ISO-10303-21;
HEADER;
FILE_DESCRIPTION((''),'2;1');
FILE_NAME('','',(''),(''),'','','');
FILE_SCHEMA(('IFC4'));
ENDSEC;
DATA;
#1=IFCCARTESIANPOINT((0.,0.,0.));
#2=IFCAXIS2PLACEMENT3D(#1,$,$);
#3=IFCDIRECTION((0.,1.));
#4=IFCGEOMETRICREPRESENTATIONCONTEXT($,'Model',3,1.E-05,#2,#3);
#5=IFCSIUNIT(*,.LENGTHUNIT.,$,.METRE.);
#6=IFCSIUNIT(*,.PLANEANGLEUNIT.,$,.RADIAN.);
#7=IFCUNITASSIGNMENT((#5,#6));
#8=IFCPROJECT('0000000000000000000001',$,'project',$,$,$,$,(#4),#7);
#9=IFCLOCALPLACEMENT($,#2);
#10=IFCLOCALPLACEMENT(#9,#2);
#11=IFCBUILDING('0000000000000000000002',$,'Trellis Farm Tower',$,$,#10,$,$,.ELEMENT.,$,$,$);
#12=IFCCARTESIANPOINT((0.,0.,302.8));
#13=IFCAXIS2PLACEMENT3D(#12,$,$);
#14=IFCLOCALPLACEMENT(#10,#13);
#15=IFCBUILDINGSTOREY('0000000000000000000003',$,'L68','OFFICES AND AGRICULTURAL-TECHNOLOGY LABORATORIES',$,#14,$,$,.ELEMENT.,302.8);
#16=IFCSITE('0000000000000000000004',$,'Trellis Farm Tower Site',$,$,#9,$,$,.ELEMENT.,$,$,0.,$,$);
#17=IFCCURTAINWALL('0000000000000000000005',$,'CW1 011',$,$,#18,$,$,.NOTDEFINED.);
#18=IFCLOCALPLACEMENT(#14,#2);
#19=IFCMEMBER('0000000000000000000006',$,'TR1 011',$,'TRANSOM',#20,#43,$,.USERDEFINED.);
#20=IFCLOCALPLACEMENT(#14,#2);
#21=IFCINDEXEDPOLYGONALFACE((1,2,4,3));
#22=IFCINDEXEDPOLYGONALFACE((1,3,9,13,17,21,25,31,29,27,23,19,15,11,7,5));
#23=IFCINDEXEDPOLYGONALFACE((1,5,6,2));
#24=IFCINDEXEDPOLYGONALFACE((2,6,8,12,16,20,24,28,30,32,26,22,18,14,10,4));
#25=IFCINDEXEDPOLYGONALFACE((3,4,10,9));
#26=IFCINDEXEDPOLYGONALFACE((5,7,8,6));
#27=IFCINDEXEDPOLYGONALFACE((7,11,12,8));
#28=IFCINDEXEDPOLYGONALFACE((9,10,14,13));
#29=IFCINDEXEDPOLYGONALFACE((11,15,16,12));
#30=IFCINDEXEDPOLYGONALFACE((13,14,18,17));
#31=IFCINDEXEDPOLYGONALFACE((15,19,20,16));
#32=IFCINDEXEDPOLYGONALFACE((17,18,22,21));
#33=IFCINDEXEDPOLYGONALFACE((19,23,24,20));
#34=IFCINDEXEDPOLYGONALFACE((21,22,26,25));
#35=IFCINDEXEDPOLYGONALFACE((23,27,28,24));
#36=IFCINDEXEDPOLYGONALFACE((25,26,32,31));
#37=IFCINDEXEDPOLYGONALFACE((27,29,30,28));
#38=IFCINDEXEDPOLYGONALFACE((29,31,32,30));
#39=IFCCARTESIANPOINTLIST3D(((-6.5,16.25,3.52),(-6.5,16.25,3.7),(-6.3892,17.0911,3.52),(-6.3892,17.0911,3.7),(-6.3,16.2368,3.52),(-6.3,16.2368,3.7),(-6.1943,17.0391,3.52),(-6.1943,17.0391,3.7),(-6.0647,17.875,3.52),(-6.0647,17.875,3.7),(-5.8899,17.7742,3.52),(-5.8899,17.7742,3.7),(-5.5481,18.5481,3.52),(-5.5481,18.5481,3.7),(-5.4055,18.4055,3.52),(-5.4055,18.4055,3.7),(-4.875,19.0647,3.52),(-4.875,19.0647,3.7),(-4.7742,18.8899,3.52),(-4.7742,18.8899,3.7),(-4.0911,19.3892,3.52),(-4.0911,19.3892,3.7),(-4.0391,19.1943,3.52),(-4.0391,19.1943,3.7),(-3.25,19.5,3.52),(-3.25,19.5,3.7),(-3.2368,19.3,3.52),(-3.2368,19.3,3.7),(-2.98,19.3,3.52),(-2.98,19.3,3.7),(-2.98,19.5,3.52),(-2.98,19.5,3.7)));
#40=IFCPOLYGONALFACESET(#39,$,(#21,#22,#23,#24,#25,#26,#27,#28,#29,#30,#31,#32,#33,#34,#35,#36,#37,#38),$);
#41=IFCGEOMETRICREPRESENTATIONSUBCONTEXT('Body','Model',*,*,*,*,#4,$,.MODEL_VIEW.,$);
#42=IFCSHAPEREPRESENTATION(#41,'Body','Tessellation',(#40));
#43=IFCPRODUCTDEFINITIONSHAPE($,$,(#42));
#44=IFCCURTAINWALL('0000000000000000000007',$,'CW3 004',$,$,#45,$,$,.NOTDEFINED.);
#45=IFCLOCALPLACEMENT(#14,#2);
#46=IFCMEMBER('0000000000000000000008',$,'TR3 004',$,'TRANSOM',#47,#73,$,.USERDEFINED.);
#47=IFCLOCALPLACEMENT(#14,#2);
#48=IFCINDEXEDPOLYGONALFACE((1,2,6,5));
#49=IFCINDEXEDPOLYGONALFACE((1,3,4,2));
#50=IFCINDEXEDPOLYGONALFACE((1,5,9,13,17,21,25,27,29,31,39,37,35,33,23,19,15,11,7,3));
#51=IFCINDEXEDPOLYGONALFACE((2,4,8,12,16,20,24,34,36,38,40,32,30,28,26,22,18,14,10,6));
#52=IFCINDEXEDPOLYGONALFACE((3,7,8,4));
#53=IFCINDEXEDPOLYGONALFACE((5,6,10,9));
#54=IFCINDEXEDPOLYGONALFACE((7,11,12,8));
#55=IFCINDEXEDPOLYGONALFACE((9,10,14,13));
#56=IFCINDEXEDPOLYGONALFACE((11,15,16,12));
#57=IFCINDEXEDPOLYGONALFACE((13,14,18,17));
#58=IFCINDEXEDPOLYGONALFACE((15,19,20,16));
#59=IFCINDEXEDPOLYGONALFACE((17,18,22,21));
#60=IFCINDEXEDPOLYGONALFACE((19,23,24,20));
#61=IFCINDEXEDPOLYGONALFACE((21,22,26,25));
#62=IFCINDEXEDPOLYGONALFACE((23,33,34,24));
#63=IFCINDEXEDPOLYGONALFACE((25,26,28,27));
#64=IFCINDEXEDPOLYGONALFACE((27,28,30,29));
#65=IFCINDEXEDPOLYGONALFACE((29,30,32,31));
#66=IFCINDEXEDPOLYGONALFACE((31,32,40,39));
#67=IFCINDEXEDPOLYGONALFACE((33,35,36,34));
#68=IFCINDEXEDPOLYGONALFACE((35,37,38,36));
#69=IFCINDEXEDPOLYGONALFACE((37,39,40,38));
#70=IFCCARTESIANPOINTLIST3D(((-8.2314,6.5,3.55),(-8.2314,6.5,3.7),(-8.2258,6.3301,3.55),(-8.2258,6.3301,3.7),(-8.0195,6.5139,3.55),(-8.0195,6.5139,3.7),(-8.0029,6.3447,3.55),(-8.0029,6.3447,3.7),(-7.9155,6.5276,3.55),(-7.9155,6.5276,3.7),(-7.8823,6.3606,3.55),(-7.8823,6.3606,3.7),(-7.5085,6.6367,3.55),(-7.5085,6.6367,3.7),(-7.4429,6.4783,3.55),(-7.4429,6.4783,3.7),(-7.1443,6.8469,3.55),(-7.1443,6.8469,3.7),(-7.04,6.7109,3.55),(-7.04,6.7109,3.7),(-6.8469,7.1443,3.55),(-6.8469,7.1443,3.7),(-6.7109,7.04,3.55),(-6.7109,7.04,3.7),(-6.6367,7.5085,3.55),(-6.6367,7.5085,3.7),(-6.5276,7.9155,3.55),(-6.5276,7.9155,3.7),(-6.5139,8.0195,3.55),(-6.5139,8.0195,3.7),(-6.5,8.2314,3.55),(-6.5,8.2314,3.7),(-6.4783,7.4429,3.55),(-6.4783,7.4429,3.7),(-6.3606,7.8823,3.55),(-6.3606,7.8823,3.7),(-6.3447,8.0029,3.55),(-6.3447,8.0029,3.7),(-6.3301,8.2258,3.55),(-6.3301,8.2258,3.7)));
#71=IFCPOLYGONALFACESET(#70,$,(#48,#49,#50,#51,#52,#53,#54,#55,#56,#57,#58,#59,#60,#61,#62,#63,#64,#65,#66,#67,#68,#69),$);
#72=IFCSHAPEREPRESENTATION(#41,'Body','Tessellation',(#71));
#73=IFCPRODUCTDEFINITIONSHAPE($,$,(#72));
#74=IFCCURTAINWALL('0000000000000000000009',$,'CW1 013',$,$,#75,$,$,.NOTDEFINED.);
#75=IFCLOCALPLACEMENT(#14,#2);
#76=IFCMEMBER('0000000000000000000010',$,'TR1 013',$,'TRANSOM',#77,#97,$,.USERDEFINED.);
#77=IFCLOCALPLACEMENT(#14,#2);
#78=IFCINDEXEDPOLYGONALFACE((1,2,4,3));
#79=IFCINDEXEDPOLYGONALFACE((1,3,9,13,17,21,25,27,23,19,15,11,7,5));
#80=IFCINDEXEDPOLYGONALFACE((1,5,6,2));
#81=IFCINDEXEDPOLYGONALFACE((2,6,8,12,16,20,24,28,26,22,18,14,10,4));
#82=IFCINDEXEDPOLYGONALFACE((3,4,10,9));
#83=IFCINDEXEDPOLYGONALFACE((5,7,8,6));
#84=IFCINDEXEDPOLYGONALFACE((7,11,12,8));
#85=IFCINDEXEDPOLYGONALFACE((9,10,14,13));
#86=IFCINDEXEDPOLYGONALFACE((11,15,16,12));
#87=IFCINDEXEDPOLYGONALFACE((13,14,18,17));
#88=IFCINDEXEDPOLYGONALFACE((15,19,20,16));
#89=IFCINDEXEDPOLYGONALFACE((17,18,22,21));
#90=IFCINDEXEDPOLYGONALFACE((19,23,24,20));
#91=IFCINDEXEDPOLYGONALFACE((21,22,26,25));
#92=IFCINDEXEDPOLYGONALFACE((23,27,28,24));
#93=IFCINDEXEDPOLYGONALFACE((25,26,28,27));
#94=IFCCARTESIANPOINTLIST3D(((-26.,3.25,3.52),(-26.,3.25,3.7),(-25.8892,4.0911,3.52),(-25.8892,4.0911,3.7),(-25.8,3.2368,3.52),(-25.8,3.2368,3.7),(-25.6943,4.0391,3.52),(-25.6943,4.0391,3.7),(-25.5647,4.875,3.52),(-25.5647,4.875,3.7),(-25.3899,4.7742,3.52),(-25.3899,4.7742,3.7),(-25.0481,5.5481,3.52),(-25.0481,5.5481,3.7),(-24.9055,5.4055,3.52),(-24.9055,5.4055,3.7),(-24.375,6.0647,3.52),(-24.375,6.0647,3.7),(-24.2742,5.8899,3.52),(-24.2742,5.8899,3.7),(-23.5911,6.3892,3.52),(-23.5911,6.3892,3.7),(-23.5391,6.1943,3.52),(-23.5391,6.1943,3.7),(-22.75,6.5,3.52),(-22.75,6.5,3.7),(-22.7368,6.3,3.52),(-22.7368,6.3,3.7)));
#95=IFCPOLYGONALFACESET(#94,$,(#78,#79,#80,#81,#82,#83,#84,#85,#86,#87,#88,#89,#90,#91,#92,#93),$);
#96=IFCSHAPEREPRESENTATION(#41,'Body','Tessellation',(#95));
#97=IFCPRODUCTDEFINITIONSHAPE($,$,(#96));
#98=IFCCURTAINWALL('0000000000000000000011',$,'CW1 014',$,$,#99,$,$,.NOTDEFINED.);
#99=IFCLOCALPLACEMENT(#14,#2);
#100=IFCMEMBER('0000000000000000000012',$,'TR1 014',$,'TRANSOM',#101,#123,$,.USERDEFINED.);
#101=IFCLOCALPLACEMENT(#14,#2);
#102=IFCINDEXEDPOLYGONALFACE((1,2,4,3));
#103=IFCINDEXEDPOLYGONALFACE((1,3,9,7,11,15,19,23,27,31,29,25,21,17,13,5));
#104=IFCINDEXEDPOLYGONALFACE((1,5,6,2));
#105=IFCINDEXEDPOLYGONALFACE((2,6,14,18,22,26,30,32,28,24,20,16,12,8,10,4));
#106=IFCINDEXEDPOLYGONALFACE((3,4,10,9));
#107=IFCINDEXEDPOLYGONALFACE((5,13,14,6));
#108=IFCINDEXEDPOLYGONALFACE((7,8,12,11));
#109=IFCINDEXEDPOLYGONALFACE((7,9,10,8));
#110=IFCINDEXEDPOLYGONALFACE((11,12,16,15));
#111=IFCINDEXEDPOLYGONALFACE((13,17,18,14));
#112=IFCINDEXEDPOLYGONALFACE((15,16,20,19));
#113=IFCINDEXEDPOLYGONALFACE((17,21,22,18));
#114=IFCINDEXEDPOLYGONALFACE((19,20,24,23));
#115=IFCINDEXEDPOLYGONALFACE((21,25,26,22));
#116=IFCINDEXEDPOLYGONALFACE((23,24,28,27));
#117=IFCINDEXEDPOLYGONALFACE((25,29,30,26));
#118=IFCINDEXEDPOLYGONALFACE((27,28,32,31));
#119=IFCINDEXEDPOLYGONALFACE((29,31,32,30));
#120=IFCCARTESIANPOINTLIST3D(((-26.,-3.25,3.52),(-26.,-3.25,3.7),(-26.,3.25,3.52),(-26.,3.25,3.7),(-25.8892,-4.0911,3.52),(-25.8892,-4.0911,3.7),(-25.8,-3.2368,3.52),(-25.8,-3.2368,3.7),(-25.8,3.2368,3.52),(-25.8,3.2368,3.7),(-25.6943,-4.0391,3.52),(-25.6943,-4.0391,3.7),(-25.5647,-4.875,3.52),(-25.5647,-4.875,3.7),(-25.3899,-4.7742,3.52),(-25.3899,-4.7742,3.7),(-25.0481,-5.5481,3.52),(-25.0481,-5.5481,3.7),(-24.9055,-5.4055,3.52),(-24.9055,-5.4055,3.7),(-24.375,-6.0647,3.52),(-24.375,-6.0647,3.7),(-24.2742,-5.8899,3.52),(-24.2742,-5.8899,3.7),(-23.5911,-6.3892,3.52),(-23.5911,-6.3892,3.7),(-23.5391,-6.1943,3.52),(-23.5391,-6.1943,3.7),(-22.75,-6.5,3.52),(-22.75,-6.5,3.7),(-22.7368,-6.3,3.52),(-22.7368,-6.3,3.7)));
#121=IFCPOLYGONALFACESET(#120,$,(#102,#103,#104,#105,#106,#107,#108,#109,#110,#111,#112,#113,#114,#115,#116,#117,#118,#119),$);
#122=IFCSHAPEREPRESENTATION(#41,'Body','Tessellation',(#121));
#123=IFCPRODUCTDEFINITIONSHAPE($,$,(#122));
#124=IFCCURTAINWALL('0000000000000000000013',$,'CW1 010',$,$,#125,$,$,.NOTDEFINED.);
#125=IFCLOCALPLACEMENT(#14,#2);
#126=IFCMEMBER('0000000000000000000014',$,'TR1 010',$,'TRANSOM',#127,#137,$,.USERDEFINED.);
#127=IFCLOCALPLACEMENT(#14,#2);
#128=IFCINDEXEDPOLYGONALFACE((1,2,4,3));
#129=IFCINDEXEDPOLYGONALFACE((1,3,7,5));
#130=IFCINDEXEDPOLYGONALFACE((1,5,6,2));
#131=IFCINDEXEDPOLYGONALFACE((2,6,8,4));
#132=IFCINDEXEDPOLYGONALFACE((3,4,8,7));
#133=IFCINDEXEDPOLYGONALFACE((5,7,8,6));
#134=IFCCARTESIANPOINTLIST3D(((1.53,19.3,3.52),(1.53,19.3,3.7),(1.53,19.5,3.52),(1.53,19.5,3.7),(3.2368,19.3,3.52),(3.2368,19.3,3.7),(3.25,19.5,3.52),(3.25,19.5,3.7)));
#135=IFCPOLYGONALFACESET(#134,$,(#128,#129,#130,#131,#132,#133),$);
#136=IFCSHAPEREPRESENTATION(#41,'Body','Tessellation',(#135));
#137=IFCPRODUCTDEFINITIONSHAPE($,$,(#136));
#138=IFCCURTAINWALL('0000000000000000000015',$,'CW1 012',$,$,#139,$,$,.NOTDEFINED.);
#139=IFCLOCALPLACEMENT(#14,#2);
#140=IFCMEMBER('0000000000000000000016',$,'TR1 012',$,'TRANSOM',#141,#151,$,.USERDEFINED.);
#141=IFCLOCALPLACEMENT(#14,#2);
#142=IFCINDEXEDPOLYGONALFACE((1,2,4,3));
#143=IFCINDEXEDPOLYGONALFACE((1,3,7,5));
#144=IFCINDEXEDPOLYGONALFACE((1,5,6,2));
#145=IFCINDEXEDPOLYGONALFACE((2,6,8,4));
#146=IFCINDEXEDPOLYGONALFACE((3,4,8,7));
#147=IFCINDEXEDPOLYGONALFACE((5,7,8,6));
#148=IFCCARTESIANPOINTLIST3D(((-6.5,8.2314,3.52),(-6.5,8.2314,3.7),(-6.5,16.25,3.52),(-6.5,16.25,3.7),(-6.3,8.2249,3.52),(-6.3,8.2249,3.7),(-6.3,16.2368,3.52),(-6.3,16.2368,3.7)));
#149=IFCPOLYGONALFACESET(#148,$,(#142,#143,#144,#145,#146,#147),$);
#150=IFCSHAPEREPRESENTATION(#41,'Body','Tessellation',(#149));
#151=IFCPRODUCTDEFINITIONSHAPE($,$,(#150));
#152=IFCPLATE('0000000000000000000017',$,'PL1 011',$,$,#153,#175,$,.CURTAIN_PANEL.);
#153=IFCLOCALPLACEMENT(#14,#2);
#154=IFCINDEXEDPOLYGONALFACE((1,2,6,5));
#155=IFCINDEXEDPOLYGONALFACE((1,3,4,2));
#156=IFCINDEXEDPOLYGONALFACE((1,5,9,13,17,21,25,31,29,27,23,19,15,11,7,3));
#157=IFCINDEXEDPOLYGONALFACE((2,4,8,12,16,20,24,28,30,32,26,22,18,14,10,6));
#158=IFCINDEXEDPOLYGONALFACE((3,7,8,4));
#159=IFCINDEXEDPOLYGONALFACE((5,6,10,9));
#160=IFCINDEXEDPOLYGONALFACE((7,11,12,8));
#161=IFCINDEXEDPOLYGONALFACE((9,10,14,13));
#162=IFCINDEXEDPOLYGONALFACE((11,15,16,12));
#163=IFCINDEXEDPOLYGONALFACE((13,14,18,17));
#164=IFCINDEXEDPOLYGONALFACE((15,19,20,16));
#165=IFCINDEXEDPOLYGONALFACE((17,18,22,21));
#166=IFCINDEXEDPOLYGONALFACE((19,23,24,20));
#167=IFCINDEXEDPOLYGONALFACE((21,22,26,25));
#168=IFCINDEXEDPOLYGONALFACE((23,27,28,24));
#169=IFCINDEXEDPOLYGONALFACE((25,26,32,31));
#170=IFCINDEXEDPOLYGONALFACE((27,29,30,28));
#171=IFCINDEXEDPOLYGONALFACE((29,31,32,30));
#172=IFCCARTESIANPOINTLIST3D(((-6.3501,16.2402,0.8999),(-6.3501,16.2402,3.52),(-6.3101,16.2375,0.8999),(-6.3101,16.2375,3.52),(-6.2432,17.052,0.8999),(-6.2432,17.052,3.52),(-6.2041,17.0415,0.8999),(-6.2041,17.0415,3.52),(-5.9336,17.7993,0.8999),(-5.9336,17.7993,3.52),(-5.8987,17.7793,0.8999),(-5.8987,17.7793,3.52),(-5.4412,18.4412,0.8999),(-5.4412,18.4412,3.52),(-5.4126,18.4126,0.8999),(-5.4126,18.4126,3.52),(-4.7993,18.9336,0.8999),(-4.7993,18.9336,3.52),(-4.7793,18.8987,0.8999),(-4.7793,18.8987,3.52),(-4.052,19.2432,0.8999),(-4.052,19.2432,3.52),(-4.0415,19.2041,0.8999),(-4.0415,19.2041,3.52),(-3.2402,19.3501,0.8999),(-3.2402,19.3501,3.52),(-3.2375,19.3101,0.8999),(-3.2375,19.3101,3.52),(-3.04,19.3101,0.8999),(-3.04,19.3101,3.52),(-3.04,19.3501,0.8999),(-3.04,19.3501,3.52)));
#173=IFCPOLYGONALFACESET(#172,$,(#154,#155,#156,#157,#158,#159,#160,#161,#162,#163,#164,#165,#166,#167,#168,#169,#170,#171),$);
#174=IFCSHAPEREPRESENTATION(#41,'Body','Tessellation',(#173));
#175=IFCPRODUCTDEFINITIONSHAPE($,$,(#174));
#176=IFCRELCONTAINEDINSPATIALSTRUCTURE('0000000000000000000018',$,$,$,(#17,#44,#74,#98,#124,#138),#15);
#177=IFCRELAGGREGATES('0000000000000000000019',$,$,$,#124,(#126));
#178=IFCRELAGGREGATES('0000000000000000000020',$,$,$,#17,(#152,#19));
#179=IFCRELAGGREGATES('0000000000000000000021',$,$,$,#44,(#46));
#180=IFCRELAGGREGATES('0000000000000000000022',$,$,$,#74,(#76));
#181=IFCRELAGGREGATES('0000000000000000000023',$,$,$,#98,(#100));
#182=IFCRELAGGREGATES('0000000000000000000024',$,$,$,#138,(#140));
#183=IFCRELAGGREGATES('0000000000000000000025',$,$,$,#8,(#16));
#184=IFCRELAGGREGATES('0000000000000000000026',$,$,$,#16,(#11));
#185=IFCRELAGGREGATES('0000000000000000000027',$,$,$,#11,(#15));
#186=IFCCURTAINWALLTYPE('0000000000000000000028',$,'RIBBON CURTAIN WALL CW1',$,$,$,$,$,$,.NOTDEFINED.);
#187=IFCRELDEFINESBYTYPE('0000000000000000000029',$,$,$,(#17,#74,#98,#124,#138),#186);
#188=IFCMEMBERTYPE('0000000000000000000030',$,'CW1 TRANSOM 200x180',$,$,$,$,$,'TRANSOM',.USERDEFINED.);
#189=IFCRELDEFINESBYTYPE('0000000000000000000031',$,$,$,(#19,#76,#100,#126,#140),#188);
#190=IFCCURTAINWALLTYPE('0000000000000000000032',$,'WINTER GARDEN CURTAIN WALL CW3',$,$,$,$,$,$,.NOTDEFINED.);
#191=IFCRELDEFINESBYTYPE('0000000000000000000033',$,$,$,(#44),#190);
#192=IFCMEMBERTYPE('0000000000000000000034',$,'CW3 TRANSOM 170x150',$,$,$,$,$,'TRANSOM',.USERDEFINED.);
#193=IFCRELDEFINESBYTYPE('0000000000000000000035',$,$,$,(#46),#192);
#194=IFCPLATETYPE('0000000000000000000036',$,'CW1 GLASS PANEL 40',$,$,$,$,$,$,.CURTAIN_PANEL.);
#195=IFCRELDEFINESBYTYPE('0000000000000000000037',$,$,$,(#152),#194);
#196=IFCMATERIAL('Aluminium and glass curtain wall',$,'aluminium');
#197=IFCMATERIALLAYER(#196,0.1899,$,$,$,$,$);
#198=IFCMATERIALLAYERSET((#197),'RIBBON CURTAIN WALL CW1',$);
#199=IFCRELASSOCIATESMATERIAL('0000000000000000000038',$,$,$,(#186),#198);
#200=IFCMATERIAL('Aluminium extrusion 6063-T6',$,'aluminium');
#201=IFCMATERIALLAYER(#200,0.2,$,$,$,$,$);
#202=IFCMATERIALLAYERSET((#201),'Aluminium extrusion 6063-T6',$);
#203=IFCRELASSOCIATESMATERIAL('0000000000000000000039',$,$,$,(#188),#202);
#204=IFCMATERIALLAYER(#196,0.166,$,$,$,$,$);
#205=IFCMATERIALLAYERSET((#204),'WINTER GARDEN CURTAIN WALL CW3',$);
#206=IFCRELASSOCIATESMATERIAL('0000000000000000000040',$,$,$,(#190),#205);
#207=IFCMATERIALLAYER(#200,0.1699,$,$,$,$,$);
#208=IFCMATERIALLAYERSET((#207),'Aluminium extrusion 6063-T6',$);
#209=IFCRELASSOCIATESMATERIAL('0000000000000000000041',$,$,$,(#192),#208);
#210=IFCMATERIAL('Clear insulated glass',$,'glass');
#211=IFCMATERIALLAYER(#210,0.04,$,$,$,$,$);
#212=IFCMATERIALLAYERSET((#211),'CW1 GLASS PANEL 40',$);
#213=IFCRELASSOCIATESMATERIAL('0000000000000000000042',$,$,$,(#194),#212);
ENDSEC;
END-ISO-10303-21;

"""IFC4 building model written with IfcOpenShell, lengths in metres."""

from ifc_helpers import new_model, si_unit, direction, frame, origin, place, context, subcontext, project, spatial, polyline, outline, extrude, source, transform, mapped, material, layer, layer_set, type_object, element, aggregate, save


model = new_model("IFC4")

# Units and contexts
model_context = context("Model", 3, precision=1e-05, world=origin(), true_north=direction((0.0, 1.0)))
body_context = subcontext(model_context, "Body", "Model", "MODEL_VIEW")
ifc_project = project(units=[si_unit("LENGTHUNIT", "METRE"), si_unit("PLANEANGLEUNIT", "RADIAN")], contexts=[model_context])

# Site, building, storey
site_placement = place(None, origin())
site = spatial("IfcSite", under=ifc_project, at=site_placement, Name="Trellis Farm Tower Site", CompositionType="ELEMENT", RefElevation=0.0)
building_placement = place(site_placement, origin())
building = spatial("IfcBuilding", under=site, at=building_placement, Name="Trellis Farm Tower", CompositionType="ELEMENT")
storey_placement = place(building_placement, frame((0.0, 0.0, 302.8)))
storey = spatial("IfcBuildingStorey", under=building, at=storey_placement, Name="L68", Description="OFFICES AND AGRICULTURAL-TECHNOLOGY LABORATORIES", CompositionType="ELEMENT", Elevation=302.8)

# Curtain walls, members
ifc_material_1 = material(Name="Aluminium and glass curtain wall", Category="aluminium")
ifc_layer_1 = layer(ifc_material_1, 0.1899)
ifc_layer_set_1 = layer_set([ifc_layer_1], Name="RIBBON CURTAIN WALL CW1")
curtain_wall_type_1 = type_object("IfcCurtainWallType", Name="RIBBON CURTAIN WALL CW1", PredefinedType="NOTDEFINED", material=ifc_layer_set_1)
placement_1 = place(storey_placement, origin())
curtain_wall_1 = element("IfcCurtainWall", 1, at=placement_1, inside=storey, type_object=curtain_wall_type_1, Name="CW1 011", PredefinedType="NOTDEFINED")
ifc_material_2 = material(Name="Aluminium extrusion 6063-T6", Category="aluminium")
ifc_layer_2 = layer(ifc_material_2, 0.2)
ifc_layer_set_2 = layer_set([ifc_layer_2], Name="Aluminium extrusion 6063-T6")
member_type_1 = type_object("IfcMemberType", Name="CW1 TRANSOM 200x180", ElementType="TRANSOM", PredefinedType="USERDEFINED", material=ifc_layer_set_2)
placement_2 = place(storey_placement, frame((0.0, 0.0, 3.52)))
member_1 = element("IfcMember", 2, at=placement_2, type_object=member_type_1, Name="TR1 011", ObjectType="TRANSOM", PredefinedType="USERDEFINED", context=body_context, shape_type="SweptSolid", body=[
    extrude(outline(polyline([(-2.98, 19.5), (-3.25, 19.5), (-4.0911, 19.3892), (-4.875, 19.0647), (-5.5481, 18.5481), (-6.0647, 17.875), (-6.3892, 17.0911), (-6.5, 16.25), (-6.3, 16.2368), (-6.1943, 17.0391), (-5.8899, 17.7742), (-5.4055, 18.4055), (-4.7742, 18.8899), (-4.0391, 19.1943), (-3.2368, 19.3), (-2.98, 19.3), (-2.98, 19.5)])), origin(), (0.0, 0.0, 1.0), 0.1799),
])
ifc_layer_3 = layer(ifc_material_1, 0.166)
ifc_layer_set_3 = layer_set([ifc_layer_3], Name="WINTER GARDEN CURTAIN WALL CW3")
curtain_wall_type_2 = type_object("IfcCurtainWallType", Name="WINTER GARDEN CURTAIN WALL CW3", PredefinedType="NOTDEFINED", material=ifc_layer_set_3)
curtain_wall_2 = element("IfcCurtainWall", 3, at=placement_1, inside=storey, type_object=curtain_wall_type_2, Name="CW3 004", PredefinedType="NOTDEFINED")
ifc_layer_4 = layer(ifc_material_2, 0.1699)
ifc_layer_set_4 = layer_set([ifc_layer_4], Name="Aluminium extrusion 6063-T6")
member_type_2 = type_object("IfcMemberType", Name="CW3 TRANSOM 170x150", ElementType="TRANSOM", PredefinedType="USERDEFINED", material=ifc_layer_set_4)
shared_shape_1 = source(origin(), body_context, "Body", "SweptSolid", [
    extrude(outline(polyline([(-6.5, 8.2314), (-6.5139, 8.0195), (-6.5276, 7.9155), (-6.6367, 7.5085), (-6.8469, 7.1443), (-7.1443, 6.8469), (-7.5085, 6.6367), (-7.9155, 6.5276), (-8.0195, 6.5139), (-8.2314, 6.5), (-8.2258, 6.3301), (-8.0029, 6.3447), (-7.8823, 6.3606), (-7.4429, 6.4783), (-7.04, 6.7109), (-6.7109, 7.04), (-6.4783, 7.4429), (-6.3606, 7.8823), (-6.3447, 8.0029), (-6.3301, 8.2258), (-6.5, 8.2314)])), origin(), (0.0, 0.0, 1.0), 0.1499),
])
member_2_placement = place(storey_placement, frame((0.0, 0.0, 3.55)))
member_2 = element("IfcMember", 4, at=member_2_placement, type_object=member_type_2, Name="TR3 004", ObjectType="TRANSOM", PredefinedType="USERDEFINED", context=body_context, shape_type="MappedRepresentation", body=[
    mapped(shared_shape_1, transform((0.0, 0.0, 0.0))),
])
curtain_wall_3 = element("IfcCurtainWall", 5, at=placement_1, inside=storey, type_object=curtain_wall_type_1, Name="CW1 013", PredefinedType="NOTDEFINED")
shared_shape_2 = source(origin(), body_context, "Body", "SweptSolid", [
    extrude(outline(polyline([(-22.75, 6.5), (-23.5911, 6.3892), (-24.375, 6.0647), (-25.0481, 5.5481), (-25.5647, 4.875), (-25.8892, 4.0911), (-26.0, 3.25), (-25.8, 3.2368), (-25.6943, 4.0391), (-25.3899, 4.7742), (-24.9055, 5.4055), (-24.2742, 5.8899), (-23.5391, 6.1943), (-22.7368, 6.3), (-22.75, 6.5)])), origin(), (0.0, 0.0, 1.0), 0.1799),
])
member_3 = element("IfcMember", 6, at=placement_2, type_object=member_type_1, Name="TR1 013", ObjectType="TRANSOM", PredefinedType="USERDEFINED", context=body_context, shape_type="MappedRepresentation", body=[
    mapped(shared_shape_2, transform((0.0, 0.0, 0.0))),
])
curtain_wall_4 = element("IfcCurtainWall", 7, at=placement_1, inside=storey, type_object=curtain_wall_type_1, Name="CW1 014", PredefinedType="NOTDEFINED")
shared_shape_3 = source(origin(), body_context, "Body", "SweptSolid", [
    extrude(outline(polyline([(-26.0, 3.25), (-26.0, -3.25), (-25.8892, -4.0911), (-25.5647, -4.875), (-25.0481, -5.5481), (-24.375, -6.0647), (-23.5911, -6.3892), (-22.75, -6.5), (-22.7368, -6.3), (-23.5391, -6.1943), (-24.2742, -5.8899), (-24.9055, -5.4055), (-25.3899, -4.7742), (-25.6943, -4.0391), (-25.8, -3.2368), (-25.8, 3.2368), (-26.0, 3.25)])), origin(), (0.0, 0.0, 1.0), 0.1799),
])
member_4 = element("IfcMember", 8, at=placement_2, type_object=member_type_1, Name="TR1 014", ObjectType="TRANSOM", PredefinedType="USERDEFINED", context=body_context, shape_type="MappedRepresentation", body=[
    mapped(shared_shape_3, transform((0.0, 0.0, 0.0))),
])
curtain_wall_5 = element("IfcCurtainWall", 9, at=placement_1, inside=storey, type_object=curtain_wall_type_1, Name="CW1 010", PredefinedType="NOTDEFINED")
shared_shape_4 = source(origin(), body_context, "Body", "SweptSolid", [
    extrude(outline(polyline([(3.25, 19.5), (1.53, 19.5), (1.53, 19.3), (3.2368, 19.3), (3.25, 19.5)])), origin(), (0.0, 0.0, 1.0), 0.1799),
])
member_5 = element("IfcMember", 10, at=placement_2, type_object=member_type_1, Name="TR1 010", ObjectType="TRANSOM", PredefinedType="USERDEFINED", context=body_context, shape_type="MappedRepresentation", body=[
    mapped(shared_shape_4, transform((0.0, 0.0, 0.0))),
])
aggregate(curtain_wall_5, [member_5])
curtain_wall_6 = element("IfcCurtainWall", 11, at=placement_1, inside=storey, type_object=curtain_wall_type_1, Name="CW1 012", PredefinedType="NOTDEFINED")
shared_shape_5 = source(origin(), body_context, "Body", "SweptSolid", [
    extrude(outline(polyline([(-6.5, 16.25), (-6.5, 8.2314), (-6.3, 8.2249), (-6.3, 16.2368), (-6.5, 16.25)])), origin(), (0.0, 0.0, 1.0), 0.1799),
])
member_6 = element("IfcMember", 12, at=placement_2, type_object=member_type_1, Name="TR1 012", ObjectType="TRANSOM", PredefinedType="USERDEFINED", context=body_context, shape_type="MappedRepresentation", body=[
    mapped(shared_shape_5, transform((0.0, 0.0, 0.0))),
])

# Plate
ifc_material_3 = material(Name="Clear insulated glass", Category="glass")
ifc_layer_5 = layer(ifc_material_3, 0.04)
ifc_layer_set_5 = layer_set([ifc_layer_5], Name="CW1 GLASS PANEL 40")
plate_type_1 = type_object("IfcPlateType", Name="CW1 GLASS PANEL 40", PredefinedType="CURTAIN_PANEL", material=ifc_layer_set_5)
placement_3 = place(storey_placement, frame((0.0, 0.0, 0.8999)))
plate_1 = element("IfcPlate", 13, at=placement_3, type_object=plate_type_1, Name="PL1 011", PredefinedType="CURTAIN_PANEL", context=body_context, shape_type="SweptSolid", body=[
    extrude(outline(polyline([(-3.04, 19.3501), (-3.2402, 19.3501), (-4.052, 19.2432), (-4.7993, 18.9336), (-5.4412, 18.4412), (-5.9336, 17.7993), (-6.2432, 17.052), (-6.3501, 16.2402), (-6.3101, 16.2375), (-6.2041, 17.0415), (-5.8987, 17.7793), (-5.4126, 18.4126), (-4.7793, 18.8987), (-4.0415, 19.2041), (-3.2375, 19.3101), (-3.04, 19.3101), (-3.04, 19.3501)])), origin(), (0.0, 0.0, 1.0), 2.6201),
])
aggregate(curtain_wall_1, [plate_1, member_1])
aggregate(curtain_wall_2, [member_2])
aggregate(curtain_wall_3, [member_3])
aggregate(curtain_wall_4, [member_4])
aggregate(curtain_wall_6, [member_6])

save(model, "model.ifc")
